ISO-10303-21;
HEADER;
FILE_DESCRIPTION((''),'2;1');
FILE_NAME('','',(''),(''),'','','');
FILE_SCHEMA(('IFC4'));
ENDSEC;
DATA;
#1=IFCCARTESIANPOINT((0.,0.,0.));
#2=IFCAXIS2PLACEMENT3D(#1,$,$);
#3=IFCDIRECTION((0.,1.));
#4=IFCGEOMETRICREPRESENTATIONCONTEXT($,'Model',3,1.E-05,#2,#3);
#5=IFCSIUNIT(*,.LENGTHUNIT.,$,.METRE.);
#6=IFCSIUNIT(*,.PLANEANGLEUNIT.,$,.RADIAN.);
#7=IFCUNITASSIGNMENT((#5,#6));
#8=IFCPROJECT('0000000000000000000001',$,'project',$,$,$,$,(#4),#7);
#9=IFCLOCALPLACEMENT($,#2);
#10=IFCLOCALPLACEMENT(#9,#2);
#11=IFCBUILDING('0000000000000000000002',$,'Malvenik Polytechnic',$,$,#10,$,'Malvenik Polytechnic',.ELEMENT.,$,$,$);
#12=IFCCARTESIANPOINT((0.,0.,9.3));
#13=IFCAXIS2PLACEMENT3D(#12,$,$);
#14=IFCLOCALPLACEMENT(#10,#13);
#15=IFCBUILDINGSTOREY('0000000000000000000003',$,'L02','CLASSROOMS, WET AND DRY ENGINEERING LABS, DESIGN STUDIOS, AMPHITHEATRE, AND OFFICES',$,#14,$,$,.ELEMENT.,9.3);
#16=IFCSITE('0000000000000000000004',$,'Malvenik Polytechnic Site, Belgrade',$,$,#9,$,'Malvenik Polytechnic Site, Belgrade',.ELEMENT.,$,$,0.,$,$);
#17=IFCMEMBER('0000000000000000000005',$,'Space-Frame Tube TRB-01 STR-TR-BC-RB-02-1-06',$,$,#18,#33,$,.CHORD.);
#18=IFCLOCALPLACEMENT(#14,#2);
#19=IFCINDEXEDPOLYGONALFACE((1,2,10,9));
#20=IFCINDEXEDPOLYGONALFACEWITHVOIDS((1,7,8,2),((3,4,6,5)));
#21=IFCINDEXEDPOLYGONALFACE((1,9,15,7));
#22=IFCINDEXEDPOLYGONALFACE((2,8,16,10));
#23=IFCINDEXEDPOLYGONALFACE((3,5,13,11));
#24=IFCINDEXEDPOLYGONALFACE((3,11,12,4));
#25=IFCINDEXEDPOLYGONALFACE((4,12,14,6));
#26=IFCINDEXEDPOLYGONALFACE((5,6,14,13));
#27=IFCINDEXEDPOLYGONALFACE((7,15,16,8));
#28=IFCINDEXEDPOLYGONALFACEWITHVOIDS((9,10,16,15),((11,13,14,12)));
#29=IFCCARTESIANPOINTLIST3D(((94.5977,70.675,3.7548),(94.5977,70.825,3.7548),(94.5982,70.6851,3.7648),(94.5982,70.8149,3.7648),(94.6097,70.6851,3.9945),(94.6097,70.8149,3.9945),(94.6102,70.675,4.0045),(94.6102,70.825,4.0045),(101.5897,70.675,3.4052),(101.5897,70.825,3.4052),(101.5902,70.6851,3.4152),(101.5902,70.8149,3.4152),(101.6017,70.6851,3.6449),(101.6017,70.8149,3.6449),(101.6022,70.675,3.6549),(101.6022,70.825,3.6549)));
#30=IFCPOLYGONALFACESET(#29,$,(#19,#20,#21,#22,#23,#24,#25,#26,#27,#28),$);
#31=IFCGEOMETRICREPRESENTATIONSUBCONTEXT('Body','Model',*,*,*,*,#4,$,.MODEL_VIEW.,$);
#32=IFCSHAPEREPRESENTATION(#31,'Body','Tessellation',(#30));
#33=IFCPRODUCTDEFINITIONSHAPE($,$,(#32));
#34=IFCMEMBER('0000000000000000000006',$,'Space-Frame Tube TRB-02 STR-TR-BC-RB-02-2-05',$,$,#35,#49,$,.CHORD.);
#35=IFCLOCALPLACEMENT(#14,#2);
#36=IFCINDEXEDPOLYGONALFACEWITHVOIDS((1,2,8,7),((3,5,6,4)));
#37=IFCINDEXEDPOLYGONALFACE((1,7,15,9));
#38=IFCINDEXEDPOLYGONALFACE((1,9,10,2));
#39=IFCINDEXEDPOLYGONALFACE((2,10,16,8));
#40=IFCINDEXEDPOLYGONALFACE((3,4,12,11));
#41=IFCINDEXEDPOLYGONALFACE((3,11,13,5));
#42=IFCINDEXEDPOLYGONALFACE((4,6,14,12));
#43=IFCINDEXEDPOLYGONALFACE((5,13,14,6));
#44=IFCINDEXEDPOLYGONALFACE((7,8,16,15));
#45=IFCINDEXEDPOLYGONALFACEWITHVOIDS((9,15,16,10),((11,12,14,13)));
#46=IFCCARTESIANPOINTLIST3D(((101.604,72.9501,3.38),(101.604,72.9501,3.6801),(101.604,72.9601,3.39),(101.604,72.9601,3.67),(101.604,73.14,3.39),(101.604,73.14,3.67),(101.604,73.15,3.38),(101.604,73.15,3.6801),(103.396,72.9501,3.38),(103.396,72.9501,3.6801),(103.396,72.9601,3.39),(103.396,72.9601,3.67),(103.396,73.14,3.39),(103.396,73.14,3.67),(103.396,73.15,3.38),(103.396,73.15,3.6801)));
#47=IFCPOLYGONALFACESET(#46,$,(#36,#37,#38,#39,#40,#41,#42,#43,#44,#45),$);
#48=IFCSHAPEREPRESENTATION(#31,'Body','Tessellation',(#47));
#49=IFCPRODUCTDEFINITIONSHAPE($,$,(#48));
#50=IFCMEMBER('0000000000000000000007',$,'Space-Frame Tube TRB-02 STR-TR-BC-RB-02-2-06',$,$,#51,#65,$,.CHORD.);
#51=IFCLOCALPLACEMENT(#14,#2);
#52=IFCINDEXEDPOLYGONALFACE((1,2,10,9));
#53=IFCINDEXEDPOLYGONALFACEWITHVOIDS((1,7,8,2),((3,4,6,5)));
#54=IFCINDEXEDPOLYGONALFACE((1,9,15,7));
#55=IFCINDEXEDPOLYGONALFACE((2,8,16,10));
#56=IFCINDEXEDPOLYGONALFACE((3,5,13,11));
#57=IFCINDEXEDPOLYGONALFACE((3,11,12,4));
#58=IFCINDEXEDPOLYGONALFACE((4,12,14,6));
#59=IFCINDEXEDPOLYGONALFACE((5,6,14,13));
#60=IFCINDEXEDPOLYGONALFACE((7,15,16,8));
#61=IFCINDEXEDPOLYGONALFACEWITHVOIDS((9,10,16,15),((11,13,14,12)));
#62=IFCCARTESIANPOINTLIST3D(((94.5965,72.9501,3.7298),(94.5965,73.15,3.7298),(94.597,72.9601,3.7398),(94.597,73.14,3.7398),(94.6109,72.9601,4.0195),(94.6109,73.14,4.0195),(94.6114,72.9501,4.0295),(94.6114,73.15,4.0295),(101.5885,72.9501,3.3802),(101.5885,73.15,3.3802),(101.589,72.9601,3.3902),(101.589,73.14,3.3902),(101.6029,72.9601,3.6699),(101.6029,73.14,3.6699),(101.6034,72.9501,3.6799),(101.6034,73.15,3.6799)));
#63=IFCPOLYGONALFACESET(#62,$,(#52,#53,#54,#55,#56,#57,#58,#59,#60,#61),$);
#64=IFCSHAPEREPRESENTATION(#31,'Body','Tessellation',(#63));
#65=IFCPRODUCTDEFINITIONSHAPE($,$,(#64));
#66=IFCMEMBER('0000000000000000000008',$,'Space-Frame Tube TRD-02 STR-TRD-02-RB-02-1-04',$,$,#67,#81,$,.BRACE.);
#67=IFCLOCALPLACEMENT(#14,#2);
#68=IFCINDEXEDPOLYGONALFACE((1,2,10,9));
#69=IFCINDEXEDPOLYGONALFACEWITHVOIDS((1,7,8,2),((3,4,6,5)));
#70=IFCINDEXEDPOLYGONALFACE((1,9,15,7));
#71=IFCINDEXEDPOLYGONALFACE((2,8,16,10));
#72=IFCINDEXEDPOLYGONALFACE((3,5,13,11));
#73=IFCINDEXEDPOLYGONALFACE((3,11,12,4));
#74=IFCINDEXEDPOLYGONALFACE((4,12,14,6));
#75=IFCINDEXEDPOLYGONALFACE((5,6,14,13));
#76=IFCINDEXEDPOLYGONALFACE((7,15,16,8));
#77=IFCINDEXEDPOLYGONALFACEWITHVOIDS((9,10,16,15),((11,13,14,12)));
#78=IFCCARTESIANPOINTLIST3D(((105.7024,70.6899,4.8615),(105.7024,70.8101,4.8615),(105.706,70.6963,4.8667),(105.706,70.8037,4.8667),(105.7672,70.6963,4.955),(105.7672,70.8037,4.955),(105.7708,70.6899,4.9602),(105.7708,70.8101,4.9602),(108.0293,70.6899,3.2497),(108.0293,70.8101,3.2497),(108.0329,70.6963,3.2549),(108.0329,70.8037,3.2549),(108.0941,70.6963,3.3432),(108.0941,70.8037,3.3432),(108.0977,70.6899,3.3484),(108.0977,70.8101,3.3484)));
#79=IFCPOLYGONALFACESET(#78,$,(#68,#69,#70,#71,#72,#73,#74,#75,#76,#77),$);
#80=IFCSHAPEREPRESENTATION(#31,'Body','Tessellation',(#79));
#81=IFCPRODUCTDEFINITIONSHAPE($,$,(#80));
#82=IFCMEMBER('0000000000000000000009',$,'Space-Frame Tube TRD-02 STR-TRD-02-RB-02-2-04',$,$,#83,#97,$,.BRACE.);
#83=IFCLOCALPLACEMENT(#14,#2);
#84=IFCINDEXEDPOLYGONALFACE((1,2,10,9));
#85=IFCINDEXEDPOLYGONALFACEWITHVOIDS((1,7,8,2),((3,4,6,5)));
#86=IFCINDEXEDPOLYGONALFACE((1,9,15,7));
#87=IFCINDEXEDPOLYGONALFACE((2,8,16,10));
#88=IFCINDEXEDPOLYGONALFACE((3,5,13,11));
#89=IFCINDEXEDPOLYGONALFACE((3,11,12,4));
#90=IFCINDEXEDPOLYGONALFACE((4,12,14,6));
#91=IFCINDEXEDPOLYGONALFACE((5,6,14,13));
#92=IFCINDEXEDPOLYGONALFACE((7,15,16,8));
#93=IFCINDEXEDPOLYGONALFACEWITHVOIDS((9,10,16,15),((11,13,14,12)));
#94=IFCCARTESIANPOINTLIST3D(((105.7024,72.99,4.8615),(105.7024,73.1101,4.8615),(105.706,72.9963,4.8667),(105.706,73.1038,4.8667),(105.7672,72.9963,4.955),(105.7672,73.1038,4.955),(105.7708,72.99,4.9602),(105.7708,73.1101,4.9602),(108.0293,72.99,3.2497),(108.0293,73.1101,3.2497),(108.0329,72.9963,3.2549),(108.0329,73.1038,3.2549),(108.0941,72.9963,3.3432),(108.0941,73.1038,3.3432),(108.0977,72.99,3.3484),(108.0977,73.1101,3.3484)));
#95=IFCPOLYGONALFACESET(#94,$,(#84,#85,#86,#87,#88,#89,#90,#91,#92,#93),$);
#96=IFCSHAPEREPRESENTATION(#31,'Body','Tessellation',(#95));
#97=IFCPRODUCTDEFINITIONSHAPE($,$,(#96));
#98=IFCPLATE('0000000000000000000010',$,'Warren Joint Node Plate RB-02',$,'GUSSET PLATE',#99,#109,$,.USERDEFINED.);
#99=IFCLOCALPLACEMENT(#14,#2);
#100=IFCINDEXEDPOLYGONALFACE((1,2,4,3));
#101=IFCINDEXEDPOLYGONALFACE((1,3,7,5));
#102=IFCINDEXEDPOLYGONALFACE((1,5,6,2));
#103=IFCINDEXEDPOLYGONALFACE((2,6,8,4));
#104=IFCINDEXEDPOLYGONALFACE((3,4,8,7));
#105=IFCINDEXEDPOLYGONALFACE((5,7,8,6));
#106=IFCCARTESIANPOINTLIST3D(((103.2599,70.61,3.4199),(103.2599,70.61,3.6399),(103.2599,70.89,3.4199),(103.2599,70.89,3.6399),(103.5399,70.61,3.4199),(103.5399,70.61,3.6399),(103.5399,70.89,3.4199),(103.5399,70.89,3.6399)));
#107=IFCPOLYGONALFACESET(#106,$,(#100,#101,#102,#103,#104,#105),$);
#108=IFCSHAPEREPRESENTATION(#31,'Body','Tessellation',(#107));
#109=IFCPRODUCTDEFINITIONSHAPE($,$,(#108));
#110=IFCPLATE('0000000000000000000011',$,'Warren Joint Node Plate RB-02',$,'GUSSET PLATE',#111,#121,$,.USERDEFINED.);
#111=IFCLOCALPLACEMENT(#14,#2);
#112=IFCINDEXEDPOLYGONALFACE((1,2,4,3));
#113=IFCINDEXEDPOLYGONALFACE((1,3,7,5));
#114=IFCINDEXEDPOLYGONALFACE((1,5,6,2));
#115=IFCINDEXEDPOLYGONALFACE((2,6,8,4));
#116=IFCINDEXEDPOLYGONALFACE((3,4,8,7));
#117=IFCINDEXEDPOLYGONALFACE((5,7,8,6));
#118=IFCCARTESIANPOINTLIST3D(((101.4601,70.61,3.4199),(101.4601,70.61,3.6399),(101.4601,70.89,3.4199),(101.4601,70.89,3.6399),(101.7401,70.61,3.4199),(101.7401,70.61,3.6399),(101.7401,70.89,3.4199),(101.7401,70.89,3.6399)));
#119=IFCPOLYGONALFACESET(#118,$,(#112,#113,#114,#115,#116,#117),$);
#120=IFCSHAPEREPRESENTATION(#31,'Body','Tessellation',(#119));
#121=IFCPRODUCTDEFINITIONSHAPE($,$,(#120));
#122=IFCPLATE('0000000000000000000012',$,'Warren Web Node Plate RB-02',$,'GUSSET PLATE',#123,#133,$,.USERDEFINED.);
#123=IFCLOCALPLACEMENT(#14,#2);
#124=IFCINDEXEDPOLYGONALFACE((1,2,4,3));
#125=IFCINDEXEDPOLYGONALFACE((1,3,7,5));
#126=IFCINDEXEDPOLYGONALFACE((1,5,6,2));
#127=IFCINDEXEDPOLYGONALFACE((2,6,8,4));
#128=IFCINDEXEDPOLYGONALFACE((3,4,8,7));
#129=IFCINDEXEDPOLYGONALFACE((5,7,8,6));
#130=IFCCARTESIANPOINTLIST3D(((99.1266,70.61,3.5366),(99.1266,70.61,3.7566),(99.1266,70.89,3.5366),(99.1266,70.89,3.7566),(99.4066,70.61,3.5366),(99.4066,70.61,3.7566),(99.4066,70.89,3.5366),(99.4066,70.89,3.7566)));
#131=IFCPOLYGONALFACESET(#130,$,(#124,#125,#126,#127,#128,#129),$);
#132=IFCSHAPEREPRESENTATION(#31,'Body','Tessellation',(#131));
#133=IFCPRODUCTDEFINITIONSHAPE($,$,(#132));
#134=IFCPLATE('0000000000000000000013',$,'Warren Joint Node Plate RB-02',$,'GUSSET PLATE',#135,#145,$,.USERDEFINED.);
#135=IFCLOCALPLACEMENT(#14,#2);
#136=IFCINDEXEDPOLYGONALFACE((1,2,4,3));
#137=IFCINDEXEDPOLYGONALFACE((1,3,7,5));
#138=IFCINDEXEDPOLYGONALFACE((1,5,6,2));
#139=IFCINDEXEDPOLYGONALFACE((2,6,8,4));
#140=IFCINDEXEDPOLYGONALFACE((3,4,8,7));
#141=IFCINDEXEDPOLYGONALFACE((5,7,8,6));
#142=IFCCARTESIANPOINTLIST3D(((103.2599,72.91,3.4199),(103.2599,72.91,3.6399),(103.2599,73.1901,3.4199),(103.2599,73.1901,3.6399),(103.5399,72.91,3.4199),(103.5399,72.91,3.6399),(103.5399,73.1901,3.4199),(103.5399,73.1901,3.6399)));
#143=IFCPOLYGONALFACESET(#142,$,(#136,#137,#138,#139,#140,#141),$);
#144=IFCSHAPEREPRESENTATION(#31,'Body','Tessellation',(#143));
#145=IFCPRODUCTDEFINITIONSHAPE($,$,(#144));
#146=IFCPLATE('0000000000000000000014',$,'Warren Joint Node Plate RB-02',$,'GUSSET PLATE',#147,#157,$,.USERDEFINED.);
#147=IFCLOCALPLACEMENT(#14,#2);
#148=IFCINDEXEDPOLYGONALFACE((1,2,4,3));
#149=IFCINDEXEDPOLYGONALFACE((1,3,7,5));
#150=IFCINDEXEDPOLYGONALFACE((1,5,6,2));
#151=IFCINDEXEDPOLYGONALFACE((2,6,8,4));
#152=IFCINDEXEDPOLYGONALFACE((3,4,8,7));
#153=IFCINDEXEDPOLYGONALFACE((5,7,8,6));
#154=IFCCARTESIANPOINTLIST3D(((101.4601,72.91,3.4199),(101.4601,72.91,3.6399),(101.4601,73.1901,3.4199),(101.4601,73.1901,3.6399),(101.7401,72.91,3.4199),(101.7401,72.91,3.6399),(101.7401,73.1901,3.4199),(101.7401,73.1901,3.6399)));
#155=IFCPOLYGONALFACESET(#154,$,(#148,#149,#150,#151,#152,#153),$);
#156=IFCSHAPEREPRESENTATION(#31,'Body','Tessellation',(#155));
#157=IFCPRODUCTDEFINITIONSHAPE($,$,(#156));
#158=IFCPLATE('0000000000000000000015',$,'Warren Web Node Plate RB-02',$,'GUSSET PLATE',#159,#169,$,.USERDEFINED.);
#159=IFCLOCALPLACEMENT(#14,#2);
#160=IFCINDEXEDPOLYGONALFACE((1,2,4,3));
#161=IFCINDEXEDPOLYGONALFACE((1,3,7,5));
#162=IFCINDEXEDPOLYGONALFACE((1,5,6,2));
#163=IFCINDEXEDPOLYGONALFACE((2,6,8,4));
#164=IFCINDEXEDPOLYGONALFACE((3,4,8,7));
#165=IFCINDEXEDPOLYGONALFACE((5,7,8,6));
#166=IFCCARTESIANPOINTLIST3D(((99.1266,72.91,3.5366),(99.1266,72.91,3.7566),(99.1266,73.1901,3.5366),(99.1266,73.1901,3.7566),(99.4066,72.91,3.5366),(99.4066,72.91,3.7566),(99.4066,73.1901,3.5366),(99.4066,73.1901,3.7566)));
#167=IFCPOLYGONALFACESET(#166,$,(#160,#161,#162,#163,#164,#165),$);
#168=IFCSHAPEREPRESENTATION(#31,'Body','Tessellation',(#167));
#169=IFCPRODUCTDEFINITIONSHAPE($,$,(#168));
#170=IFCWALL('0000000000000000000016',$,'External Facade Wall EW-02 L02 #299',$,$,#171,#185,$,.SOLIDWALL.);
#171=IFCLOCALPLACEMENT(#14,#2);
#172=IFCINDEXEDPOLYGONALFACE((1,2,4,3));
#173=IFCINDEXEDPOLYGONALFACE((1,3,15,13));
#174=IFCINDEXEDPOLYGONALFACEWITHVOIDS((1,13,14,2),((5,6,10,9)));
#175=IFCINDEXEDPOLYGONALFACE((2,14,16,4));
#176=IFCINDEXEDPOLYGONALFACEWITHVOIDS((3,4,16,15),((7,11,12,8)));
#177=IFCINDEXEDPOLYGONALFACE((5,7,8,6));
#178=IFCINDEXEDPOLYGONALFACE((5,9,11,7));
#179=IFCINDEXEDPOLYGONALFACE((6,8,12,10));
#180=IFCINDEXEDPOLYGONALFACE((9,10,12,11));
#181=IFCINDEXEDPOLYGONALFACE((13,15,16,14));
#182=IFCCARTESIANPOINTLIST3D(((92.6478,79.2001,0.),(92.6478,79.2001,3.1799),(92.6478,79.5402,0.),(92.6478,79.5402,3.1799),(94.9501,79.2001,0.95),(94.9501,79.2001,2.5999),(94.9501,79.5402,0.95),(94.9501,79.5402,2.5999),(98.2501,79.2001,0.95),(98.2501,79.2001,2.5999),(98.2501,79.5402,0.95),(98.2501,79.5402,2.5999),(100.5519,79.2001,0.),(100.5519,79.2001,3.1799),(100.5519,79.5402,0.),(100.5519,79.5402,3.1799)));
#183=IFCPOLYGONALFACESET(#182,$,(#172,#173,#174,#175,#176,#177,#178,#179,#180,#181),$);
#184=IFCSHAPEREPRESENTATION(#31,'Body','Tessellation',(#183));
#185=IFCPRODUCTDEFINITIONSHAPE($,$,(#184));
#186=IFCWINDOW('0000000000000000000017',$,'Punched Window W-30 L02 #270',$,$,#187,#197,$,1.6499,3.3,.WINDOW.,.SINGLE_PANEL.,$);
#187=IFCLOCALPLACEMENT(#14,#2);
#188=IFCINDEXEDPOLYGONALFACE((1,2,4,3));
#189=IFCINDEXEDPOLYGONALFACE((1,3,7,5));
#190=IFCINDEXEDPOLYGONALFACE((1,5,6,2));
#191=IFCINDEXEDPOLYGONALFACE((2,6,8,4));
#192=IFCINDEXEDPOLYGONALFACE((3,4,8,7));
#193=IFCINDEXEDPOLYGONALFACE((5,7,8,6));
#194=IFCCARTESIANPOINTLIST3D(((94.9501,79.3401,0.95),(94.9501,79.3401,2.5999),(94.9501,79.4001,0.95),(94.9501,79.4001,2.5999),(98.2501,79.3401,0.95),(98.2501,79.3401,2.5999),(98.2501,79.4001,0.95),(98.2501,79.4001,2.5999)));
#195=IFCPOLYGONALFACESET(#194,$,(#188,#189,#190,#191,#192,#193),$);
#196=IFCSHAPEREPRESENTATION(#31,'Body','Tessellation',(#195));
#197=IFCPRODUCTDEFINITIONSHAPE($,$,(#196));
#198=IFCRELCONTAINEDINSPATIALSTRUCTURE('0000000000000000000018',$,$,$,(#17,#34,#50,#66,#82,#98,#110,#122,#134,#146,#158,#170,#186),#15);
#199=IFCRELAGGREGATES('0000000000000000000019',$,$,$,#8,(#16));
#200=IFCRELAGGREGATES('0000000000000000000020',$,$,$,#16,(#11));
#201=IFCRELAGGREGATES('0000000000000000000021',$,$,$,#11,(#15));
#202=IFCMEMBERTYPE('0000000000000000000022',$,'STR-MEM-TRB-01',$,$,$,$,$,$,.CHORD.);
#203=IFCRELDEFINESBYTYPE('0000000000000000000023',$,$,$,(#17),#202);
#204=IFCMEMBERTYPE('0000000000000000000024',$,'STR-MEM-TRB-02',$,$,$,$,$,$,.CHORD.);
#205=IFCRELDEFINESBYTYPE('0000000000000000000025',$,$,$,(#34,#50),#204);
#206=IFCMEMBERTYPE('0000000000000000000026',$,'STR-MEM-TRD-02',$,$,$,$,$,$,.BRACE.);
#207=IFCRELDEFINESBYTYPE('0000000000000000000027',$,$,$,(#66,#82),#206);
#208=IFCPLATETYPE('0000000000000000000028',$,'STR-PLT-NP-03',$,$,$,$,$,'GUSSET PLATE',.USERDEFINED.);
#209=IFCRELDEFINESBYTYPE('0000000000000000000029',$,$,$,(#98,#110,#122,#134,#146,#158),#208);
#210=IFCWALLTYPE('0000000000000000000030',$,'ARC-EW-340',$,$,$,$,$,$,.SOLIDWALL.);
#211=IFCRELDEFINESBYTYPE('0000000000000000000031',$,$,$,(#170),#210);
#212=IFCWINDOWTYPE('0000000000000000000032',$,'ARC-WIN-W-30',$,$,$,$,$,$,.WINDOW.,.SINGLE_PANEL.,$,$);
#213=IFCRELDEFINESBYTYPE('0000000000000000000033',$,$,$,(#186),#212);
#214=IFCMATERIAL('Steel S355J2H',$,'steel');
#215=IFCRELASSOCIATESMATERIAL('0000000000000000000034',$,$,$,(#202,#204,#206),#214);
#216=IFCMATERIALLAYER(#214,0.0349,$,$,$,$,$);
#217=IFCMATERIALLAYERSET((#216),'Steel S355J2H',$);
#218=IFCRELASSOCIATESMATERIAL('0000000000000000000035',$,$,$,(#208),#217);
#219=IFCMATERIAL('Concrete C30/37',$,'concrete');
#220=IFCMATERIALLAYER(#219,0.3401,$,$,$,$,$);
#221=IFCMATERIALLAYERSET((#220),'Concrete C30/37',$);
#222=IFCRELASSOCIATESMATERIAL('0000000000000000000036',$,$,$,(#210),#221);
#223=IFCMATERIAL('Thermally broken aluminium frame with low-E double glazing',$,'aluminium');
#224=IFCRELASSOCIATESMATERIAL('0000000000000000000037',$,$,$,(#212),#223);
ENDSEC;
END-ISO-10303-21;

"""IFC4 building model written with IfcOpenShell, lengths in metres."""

from ifc_helpers import new_model, si_unit, direction, frame, frame_2d, origin, origin_2d, place, context, subcontext, project, spatial, rectangle, hollow_rectangle, extrude, material, layer, layer_set, material_profile, profile_set, type_object, element, fill, save


model = new_model("IFC4")

# Units and contexts
model_context = context("Model", 3, precision=1e-05, world=origin(), true_north=direction((0.0, 1.0)))
body_context = subcontext(model_context, "Body", "Model", "MODEL_VIEW")
ifc_project = project(units=[si_unit("LENGTHUNIT", "METRE"), si_unit("PLANEANGLEUNIT", "RADIAN")], contexts=[model_context])

# Site, building, storey
site_placement = place(None, origin())
site = spatial("IfcSite", under=ifc_project, at=site_placement, Name="Malvenik Polytechnic Site, Belgrade", LongName="Malvenik Polytechnic Site, Belgrade", CompositionType="ELEMENT", RefElevation=0.0)
building_placement = place(site_placement, origin())
building = spatial("IfcBuilding", under=site, at=building_placement, Name="Malvenik Polytechnic", LongName="Malvenik Polytechnic", CompositionType="ELEMENT")
storey_placement = place(building_placement, frame((0.0, 0.0, 9.3)))
storey = spatial("IfcBuildingStorey", under=building, at=storey_placement, Name="L02", Description="CLASSROOMS, WET AND DRY ENGINEERING LABS, DESIGN STUDIOS, AMPHITHEATRE, AND OFFICES", CompositionType="ELEMENT", Elevation=9.3)

# Shared definitions
ifc_material_1 = material(Name="Steel S355J2H", Category="steel")

# Members
ifc_material_profile_1 = material_profile(ifc_material_1, hollow_rectangle(XDim=0.1499, YDim=0.25, WallThickness=0.01, at=origin_2d()), Name="RHS 250x150x10.0")
ifc_profile_set_1 = profile_set([ifc_material_profile_1], Name="Steel S355J2H")
member_type_1 = type_object("IfcMemberType", Name="STR-MEM-TRB-01", PredefinedType="CHORD", material=ifc_profile_set_1)
member_1_placement = place(storey_placement, frame((101.5959, 70.75, 3.53), z_axis=(-0.998752, 0.0, 0.049939), x_axis=(0.0, -1.0, 0.0)))
element("IfcMember", 1, at=member_1_placement, inside=storey, type_object=member_type_1, Name="Space-Frame Tube TRB-01 STR-TR-BC-RB-02-1-06", PredefinedType="CHORD", context=body_context, shape_type="SweptSolid", body=[
    extrude(hollow_rectangle(XDim=0.1499, YDim=0.25, WallThickness=0.01, at=origin_2d()), origin(), (0.0, 0.0, 1.0), 7.0007),
])
ifc_material_profile_2 = material_profile(ifc_material_1, hollow_rectangle(XDim=0.2, YDim=0.3, WallThickness=0.01, at=origin_2d()), Name="RHS 300x200x10.0")
ifc_profile_set_2 = profile_set([ifc_material_profile_2], Name="Steel S355J2H")
member_type_2 = type_object("IfcMemberType", Name="STR-MEM-TRB-02", PredefinedType="CHORD", material=ifc_profile_set_2)
member_2_placement = place(storey_placement, frame((103.396, 73.05, 3.53), z_axis=(-1.0, 0.0, 0.0), x_axis=(0.0, -1.0, 0.0)))
element("IfcMember", 2, at=member_2_placement, inside=storey, type_object=member_type_2, Name="Space-Frame Tube TRB-02 STR-TR-BC-RB-02-2-05", PredefinedType="CHORD", context=body_context, shape_type="SweptSolid", body=[
    extrude(hollow_rectangle(XDim=0.2, YDim=0.3, WallThickness=0.01, at=origin_2d()), origin(), (0.0, 0.0, 1.0), 1.792),
])
member_3_placement = place(storey_placement, frame((101.5959, 73.05, 3.53), z_axis=(-0.998752, 0.0, 0.049939), x_axis=(0.0, -1.0, 0.0)))
element("IfcMember", 3, at=member_3_placement, inside=storey, type_object=member_type_2, Name="Space-Frame Tube TRB-02 STR-TR-BC-RB-02-2-06", PredefinedType="CHORD", context=body_context, shape_type="SweptSolid", body=[
    extrude(hollow_rectangle(XDim=0.2, YDim=0.3, WallThickness=0.01, at=origin_2d()), origin(), (0.0, 0.0, 1.0), 7.0007),
])
ifc_material_profile_3 = material_profile(ifc_material_1, hollow_rectangle(XDim=0.1201, YDim=0.1201, WallThickness=0.0063, at=origin_2d()), Name="SHS 120x120x6.3")
ifc_profile_set_3 = profile_set([ifc_material_profile_3], Name="Steel S355J2H")
member_type_3 = type_object("IfcMemberType", Name="STR-MEM-TRD-02", PredefinedType="BRACE", material=ifc_profile_set_3)
for number, where, z_axis, x_axis, name in (
    (4, (108.0635, 70.75, 3.2991), (-0.822046, 0.0, 0.569421), (0.0, -1.0, 0.0), "Space-Frame Tube TRD-02 STR-TRD-02-RB-02-1-04"),
    (5, (108.0635, 73.05, 3.2991), (-0.822046, 0.0, 0.569421), (0.0, -1.0, 0.0), "Space-Frame Tube TRD-02 STR-TRD-02-RB-02-2-04"),
):
    element("IfcMember", number, at=place(storey_placement, frame(where, z_axis=z_axis, x_axis=x_axis)), inside=storey, type_object=member_type_3, Name=name, PredefinedType="BRACE", context=body_context, shape_type="SweptSolid", body=[
        extrude(hollow_rectangle(XDim=0.1201, YDim=0.1201, WallThickness=0.0063, at=origin_2d()), origin(), (0.0, 0.0, 1.0), 2.8306),
    ])

# Plates
ifc_layer_1 = layer(ifc_material_1, 0.0349)
ifc_layer_set_1 = layer_set([ifc_layer_1], Name="Steel S355J2H")
plate_type = type_object("IfcPlateType", Name="STR-PLT-NP-03", ElementType="GUSSET PLATE", PredefinedType="USERDEFINED", material=ifc_layer_set_1)
for number, where, z_axis, x_axis, name in (
    (6, (103.3999, 70.75, 3.4199), (0.0, 0.0, 1.0), (1.0, 0.0, 0.0), "Warren Joint Node Plate RB-02"),
    (7, (101.6001, 70.75, 3.4199), (0.0, 0.0, 1.0), (1.0, 0.0, 0.0), "Warren Joint Node Plate RB-02"),
    (8, (99.2666, 70.75, 3.5366), (0.0, 0.0, 1.0), (1.0, 0.0, 0.0), "Warren Web Node Plate RB-02"),
    (9, (103.3999, 73.05, 3.4199), (0.0, 0.0, 1.0), (1.0, 0.0, 0.0), "Warren Joint Node Plate RB-02"),
    (10, (101.6001, 73.05, 3.4199), (0.0, 0.0, 1.0), (1.0, 0.0, 0.0), "Warren Joint Node Plate RB-02"),
    (11, (99.2666, 73.05, 3.5366), (0.0, 0.0, 1.0), (1.0, 0.0, 0.0), "Warren Web Node Plate RB-02"),
):
    element("IfcPlate", number, at=place(storey_placement, frame(where, z_axis=z_axis, x_axis=x_axis)), inside=storey, type_object=plate_type, Name=name, ObjectType="GUSSET PLATE", PredefinedType="USERDEFINED", context=body_context, shape_type="SweptSolid", body=[
        extrude(rectangle(XDim=0.28, YDim=0.28, at=origin_2d()), origin(), (0.0, 0.0, 1.0), 0.22),
    ])

# Wall, opening, window
ifc_material_2 = material(Name="Concrete C30/37", Category="concrete")
ifc_layer_2 = layer(ifc_material_2, 0.3401)
ifc_layer_set_2 = layer_set([ifc_layer_2], Name="Concrete C30/37")
wall_type = type_object("IfcWallType", Name="ARC-EW-340", PredefinedType="SOLIDWALL", material=ifc_layer_set_2)
wall_placement = place(storey_placement, frame((100.552, 79.3701, 0.0), z_axis=(0.0, 0.0, 1.0), x_axis=(-1.0, 0.0, 0.0)))
wall = element("IfcWall", 12, at=wall_placement, inside=storey, type_object=wall_type, Name="External Facade Wall EW-02 L02 #299", PredefinedType="SOLIDWALL", context=body_context, shape_type="SweptSolid", body=[
    extrude(rectangle(XDim=7.9041, YDim=0.3401, at=frame_2d((3.9521, 0.0))), origin(), (0.0, 0.0, 1.0), 3.1799),
])
opening_placement = place(wall_placement, frame((2.302, 0.0, 0.95)))
opening = element("IfcOpeningElement", 13, at=opening_placement, cuts=wall, PredefinedType="OPENING", context=body_context, shape_type="SweptSolid", body=[
    extrude(rectangle(XDim=3.3, YDim=1.6499, at=frame_2d((1.6499, 0.825))), frame((0.0, 0.1802, 0.0), z_axis=(0.0, -1.0, 0.0), x_axis=(1.0, 0.0, 0.0)), (0.0, 0.0, 1.0), 0.3601),
])
ifc_material_3 = material(Name="Thermally broken aluminium frame with low-E double glazing", Category="aluminium")
window_type = type_object("IfcWindowType", Name="ARC-WIN-W-30", PartitioningType="SINGLE_PANEL", PredefinedType="WINDOW", material=ifc_material_3)
window_placement = place(opening_placement, origin())
window = element("IfcWindow", 14, at=window_placement, inside=storey, type_object=window_type, Name="Punched Window W-30 L02 #270", OverallHeight=1.6499, OverallWidth=3.3, PartitioningType="SINGLE_PANEL", PredefinedType="WINDOW", context=body_context, shape_type="SweptSolid", body=[
    extrude(rectangle(XDim=3.3, YDim=1.6499, at=frame_2d((1.6499, 0.825))), frame((0.0, 0.03, 0.0), z_axis=(0.0, -1.0, 0.0), x_axis=(1.0, 0.0, 0.0)), (0.0, 0.0, 1.0), 0.0601),
])
fill(opening, window)

save(model, "model.ifc")
